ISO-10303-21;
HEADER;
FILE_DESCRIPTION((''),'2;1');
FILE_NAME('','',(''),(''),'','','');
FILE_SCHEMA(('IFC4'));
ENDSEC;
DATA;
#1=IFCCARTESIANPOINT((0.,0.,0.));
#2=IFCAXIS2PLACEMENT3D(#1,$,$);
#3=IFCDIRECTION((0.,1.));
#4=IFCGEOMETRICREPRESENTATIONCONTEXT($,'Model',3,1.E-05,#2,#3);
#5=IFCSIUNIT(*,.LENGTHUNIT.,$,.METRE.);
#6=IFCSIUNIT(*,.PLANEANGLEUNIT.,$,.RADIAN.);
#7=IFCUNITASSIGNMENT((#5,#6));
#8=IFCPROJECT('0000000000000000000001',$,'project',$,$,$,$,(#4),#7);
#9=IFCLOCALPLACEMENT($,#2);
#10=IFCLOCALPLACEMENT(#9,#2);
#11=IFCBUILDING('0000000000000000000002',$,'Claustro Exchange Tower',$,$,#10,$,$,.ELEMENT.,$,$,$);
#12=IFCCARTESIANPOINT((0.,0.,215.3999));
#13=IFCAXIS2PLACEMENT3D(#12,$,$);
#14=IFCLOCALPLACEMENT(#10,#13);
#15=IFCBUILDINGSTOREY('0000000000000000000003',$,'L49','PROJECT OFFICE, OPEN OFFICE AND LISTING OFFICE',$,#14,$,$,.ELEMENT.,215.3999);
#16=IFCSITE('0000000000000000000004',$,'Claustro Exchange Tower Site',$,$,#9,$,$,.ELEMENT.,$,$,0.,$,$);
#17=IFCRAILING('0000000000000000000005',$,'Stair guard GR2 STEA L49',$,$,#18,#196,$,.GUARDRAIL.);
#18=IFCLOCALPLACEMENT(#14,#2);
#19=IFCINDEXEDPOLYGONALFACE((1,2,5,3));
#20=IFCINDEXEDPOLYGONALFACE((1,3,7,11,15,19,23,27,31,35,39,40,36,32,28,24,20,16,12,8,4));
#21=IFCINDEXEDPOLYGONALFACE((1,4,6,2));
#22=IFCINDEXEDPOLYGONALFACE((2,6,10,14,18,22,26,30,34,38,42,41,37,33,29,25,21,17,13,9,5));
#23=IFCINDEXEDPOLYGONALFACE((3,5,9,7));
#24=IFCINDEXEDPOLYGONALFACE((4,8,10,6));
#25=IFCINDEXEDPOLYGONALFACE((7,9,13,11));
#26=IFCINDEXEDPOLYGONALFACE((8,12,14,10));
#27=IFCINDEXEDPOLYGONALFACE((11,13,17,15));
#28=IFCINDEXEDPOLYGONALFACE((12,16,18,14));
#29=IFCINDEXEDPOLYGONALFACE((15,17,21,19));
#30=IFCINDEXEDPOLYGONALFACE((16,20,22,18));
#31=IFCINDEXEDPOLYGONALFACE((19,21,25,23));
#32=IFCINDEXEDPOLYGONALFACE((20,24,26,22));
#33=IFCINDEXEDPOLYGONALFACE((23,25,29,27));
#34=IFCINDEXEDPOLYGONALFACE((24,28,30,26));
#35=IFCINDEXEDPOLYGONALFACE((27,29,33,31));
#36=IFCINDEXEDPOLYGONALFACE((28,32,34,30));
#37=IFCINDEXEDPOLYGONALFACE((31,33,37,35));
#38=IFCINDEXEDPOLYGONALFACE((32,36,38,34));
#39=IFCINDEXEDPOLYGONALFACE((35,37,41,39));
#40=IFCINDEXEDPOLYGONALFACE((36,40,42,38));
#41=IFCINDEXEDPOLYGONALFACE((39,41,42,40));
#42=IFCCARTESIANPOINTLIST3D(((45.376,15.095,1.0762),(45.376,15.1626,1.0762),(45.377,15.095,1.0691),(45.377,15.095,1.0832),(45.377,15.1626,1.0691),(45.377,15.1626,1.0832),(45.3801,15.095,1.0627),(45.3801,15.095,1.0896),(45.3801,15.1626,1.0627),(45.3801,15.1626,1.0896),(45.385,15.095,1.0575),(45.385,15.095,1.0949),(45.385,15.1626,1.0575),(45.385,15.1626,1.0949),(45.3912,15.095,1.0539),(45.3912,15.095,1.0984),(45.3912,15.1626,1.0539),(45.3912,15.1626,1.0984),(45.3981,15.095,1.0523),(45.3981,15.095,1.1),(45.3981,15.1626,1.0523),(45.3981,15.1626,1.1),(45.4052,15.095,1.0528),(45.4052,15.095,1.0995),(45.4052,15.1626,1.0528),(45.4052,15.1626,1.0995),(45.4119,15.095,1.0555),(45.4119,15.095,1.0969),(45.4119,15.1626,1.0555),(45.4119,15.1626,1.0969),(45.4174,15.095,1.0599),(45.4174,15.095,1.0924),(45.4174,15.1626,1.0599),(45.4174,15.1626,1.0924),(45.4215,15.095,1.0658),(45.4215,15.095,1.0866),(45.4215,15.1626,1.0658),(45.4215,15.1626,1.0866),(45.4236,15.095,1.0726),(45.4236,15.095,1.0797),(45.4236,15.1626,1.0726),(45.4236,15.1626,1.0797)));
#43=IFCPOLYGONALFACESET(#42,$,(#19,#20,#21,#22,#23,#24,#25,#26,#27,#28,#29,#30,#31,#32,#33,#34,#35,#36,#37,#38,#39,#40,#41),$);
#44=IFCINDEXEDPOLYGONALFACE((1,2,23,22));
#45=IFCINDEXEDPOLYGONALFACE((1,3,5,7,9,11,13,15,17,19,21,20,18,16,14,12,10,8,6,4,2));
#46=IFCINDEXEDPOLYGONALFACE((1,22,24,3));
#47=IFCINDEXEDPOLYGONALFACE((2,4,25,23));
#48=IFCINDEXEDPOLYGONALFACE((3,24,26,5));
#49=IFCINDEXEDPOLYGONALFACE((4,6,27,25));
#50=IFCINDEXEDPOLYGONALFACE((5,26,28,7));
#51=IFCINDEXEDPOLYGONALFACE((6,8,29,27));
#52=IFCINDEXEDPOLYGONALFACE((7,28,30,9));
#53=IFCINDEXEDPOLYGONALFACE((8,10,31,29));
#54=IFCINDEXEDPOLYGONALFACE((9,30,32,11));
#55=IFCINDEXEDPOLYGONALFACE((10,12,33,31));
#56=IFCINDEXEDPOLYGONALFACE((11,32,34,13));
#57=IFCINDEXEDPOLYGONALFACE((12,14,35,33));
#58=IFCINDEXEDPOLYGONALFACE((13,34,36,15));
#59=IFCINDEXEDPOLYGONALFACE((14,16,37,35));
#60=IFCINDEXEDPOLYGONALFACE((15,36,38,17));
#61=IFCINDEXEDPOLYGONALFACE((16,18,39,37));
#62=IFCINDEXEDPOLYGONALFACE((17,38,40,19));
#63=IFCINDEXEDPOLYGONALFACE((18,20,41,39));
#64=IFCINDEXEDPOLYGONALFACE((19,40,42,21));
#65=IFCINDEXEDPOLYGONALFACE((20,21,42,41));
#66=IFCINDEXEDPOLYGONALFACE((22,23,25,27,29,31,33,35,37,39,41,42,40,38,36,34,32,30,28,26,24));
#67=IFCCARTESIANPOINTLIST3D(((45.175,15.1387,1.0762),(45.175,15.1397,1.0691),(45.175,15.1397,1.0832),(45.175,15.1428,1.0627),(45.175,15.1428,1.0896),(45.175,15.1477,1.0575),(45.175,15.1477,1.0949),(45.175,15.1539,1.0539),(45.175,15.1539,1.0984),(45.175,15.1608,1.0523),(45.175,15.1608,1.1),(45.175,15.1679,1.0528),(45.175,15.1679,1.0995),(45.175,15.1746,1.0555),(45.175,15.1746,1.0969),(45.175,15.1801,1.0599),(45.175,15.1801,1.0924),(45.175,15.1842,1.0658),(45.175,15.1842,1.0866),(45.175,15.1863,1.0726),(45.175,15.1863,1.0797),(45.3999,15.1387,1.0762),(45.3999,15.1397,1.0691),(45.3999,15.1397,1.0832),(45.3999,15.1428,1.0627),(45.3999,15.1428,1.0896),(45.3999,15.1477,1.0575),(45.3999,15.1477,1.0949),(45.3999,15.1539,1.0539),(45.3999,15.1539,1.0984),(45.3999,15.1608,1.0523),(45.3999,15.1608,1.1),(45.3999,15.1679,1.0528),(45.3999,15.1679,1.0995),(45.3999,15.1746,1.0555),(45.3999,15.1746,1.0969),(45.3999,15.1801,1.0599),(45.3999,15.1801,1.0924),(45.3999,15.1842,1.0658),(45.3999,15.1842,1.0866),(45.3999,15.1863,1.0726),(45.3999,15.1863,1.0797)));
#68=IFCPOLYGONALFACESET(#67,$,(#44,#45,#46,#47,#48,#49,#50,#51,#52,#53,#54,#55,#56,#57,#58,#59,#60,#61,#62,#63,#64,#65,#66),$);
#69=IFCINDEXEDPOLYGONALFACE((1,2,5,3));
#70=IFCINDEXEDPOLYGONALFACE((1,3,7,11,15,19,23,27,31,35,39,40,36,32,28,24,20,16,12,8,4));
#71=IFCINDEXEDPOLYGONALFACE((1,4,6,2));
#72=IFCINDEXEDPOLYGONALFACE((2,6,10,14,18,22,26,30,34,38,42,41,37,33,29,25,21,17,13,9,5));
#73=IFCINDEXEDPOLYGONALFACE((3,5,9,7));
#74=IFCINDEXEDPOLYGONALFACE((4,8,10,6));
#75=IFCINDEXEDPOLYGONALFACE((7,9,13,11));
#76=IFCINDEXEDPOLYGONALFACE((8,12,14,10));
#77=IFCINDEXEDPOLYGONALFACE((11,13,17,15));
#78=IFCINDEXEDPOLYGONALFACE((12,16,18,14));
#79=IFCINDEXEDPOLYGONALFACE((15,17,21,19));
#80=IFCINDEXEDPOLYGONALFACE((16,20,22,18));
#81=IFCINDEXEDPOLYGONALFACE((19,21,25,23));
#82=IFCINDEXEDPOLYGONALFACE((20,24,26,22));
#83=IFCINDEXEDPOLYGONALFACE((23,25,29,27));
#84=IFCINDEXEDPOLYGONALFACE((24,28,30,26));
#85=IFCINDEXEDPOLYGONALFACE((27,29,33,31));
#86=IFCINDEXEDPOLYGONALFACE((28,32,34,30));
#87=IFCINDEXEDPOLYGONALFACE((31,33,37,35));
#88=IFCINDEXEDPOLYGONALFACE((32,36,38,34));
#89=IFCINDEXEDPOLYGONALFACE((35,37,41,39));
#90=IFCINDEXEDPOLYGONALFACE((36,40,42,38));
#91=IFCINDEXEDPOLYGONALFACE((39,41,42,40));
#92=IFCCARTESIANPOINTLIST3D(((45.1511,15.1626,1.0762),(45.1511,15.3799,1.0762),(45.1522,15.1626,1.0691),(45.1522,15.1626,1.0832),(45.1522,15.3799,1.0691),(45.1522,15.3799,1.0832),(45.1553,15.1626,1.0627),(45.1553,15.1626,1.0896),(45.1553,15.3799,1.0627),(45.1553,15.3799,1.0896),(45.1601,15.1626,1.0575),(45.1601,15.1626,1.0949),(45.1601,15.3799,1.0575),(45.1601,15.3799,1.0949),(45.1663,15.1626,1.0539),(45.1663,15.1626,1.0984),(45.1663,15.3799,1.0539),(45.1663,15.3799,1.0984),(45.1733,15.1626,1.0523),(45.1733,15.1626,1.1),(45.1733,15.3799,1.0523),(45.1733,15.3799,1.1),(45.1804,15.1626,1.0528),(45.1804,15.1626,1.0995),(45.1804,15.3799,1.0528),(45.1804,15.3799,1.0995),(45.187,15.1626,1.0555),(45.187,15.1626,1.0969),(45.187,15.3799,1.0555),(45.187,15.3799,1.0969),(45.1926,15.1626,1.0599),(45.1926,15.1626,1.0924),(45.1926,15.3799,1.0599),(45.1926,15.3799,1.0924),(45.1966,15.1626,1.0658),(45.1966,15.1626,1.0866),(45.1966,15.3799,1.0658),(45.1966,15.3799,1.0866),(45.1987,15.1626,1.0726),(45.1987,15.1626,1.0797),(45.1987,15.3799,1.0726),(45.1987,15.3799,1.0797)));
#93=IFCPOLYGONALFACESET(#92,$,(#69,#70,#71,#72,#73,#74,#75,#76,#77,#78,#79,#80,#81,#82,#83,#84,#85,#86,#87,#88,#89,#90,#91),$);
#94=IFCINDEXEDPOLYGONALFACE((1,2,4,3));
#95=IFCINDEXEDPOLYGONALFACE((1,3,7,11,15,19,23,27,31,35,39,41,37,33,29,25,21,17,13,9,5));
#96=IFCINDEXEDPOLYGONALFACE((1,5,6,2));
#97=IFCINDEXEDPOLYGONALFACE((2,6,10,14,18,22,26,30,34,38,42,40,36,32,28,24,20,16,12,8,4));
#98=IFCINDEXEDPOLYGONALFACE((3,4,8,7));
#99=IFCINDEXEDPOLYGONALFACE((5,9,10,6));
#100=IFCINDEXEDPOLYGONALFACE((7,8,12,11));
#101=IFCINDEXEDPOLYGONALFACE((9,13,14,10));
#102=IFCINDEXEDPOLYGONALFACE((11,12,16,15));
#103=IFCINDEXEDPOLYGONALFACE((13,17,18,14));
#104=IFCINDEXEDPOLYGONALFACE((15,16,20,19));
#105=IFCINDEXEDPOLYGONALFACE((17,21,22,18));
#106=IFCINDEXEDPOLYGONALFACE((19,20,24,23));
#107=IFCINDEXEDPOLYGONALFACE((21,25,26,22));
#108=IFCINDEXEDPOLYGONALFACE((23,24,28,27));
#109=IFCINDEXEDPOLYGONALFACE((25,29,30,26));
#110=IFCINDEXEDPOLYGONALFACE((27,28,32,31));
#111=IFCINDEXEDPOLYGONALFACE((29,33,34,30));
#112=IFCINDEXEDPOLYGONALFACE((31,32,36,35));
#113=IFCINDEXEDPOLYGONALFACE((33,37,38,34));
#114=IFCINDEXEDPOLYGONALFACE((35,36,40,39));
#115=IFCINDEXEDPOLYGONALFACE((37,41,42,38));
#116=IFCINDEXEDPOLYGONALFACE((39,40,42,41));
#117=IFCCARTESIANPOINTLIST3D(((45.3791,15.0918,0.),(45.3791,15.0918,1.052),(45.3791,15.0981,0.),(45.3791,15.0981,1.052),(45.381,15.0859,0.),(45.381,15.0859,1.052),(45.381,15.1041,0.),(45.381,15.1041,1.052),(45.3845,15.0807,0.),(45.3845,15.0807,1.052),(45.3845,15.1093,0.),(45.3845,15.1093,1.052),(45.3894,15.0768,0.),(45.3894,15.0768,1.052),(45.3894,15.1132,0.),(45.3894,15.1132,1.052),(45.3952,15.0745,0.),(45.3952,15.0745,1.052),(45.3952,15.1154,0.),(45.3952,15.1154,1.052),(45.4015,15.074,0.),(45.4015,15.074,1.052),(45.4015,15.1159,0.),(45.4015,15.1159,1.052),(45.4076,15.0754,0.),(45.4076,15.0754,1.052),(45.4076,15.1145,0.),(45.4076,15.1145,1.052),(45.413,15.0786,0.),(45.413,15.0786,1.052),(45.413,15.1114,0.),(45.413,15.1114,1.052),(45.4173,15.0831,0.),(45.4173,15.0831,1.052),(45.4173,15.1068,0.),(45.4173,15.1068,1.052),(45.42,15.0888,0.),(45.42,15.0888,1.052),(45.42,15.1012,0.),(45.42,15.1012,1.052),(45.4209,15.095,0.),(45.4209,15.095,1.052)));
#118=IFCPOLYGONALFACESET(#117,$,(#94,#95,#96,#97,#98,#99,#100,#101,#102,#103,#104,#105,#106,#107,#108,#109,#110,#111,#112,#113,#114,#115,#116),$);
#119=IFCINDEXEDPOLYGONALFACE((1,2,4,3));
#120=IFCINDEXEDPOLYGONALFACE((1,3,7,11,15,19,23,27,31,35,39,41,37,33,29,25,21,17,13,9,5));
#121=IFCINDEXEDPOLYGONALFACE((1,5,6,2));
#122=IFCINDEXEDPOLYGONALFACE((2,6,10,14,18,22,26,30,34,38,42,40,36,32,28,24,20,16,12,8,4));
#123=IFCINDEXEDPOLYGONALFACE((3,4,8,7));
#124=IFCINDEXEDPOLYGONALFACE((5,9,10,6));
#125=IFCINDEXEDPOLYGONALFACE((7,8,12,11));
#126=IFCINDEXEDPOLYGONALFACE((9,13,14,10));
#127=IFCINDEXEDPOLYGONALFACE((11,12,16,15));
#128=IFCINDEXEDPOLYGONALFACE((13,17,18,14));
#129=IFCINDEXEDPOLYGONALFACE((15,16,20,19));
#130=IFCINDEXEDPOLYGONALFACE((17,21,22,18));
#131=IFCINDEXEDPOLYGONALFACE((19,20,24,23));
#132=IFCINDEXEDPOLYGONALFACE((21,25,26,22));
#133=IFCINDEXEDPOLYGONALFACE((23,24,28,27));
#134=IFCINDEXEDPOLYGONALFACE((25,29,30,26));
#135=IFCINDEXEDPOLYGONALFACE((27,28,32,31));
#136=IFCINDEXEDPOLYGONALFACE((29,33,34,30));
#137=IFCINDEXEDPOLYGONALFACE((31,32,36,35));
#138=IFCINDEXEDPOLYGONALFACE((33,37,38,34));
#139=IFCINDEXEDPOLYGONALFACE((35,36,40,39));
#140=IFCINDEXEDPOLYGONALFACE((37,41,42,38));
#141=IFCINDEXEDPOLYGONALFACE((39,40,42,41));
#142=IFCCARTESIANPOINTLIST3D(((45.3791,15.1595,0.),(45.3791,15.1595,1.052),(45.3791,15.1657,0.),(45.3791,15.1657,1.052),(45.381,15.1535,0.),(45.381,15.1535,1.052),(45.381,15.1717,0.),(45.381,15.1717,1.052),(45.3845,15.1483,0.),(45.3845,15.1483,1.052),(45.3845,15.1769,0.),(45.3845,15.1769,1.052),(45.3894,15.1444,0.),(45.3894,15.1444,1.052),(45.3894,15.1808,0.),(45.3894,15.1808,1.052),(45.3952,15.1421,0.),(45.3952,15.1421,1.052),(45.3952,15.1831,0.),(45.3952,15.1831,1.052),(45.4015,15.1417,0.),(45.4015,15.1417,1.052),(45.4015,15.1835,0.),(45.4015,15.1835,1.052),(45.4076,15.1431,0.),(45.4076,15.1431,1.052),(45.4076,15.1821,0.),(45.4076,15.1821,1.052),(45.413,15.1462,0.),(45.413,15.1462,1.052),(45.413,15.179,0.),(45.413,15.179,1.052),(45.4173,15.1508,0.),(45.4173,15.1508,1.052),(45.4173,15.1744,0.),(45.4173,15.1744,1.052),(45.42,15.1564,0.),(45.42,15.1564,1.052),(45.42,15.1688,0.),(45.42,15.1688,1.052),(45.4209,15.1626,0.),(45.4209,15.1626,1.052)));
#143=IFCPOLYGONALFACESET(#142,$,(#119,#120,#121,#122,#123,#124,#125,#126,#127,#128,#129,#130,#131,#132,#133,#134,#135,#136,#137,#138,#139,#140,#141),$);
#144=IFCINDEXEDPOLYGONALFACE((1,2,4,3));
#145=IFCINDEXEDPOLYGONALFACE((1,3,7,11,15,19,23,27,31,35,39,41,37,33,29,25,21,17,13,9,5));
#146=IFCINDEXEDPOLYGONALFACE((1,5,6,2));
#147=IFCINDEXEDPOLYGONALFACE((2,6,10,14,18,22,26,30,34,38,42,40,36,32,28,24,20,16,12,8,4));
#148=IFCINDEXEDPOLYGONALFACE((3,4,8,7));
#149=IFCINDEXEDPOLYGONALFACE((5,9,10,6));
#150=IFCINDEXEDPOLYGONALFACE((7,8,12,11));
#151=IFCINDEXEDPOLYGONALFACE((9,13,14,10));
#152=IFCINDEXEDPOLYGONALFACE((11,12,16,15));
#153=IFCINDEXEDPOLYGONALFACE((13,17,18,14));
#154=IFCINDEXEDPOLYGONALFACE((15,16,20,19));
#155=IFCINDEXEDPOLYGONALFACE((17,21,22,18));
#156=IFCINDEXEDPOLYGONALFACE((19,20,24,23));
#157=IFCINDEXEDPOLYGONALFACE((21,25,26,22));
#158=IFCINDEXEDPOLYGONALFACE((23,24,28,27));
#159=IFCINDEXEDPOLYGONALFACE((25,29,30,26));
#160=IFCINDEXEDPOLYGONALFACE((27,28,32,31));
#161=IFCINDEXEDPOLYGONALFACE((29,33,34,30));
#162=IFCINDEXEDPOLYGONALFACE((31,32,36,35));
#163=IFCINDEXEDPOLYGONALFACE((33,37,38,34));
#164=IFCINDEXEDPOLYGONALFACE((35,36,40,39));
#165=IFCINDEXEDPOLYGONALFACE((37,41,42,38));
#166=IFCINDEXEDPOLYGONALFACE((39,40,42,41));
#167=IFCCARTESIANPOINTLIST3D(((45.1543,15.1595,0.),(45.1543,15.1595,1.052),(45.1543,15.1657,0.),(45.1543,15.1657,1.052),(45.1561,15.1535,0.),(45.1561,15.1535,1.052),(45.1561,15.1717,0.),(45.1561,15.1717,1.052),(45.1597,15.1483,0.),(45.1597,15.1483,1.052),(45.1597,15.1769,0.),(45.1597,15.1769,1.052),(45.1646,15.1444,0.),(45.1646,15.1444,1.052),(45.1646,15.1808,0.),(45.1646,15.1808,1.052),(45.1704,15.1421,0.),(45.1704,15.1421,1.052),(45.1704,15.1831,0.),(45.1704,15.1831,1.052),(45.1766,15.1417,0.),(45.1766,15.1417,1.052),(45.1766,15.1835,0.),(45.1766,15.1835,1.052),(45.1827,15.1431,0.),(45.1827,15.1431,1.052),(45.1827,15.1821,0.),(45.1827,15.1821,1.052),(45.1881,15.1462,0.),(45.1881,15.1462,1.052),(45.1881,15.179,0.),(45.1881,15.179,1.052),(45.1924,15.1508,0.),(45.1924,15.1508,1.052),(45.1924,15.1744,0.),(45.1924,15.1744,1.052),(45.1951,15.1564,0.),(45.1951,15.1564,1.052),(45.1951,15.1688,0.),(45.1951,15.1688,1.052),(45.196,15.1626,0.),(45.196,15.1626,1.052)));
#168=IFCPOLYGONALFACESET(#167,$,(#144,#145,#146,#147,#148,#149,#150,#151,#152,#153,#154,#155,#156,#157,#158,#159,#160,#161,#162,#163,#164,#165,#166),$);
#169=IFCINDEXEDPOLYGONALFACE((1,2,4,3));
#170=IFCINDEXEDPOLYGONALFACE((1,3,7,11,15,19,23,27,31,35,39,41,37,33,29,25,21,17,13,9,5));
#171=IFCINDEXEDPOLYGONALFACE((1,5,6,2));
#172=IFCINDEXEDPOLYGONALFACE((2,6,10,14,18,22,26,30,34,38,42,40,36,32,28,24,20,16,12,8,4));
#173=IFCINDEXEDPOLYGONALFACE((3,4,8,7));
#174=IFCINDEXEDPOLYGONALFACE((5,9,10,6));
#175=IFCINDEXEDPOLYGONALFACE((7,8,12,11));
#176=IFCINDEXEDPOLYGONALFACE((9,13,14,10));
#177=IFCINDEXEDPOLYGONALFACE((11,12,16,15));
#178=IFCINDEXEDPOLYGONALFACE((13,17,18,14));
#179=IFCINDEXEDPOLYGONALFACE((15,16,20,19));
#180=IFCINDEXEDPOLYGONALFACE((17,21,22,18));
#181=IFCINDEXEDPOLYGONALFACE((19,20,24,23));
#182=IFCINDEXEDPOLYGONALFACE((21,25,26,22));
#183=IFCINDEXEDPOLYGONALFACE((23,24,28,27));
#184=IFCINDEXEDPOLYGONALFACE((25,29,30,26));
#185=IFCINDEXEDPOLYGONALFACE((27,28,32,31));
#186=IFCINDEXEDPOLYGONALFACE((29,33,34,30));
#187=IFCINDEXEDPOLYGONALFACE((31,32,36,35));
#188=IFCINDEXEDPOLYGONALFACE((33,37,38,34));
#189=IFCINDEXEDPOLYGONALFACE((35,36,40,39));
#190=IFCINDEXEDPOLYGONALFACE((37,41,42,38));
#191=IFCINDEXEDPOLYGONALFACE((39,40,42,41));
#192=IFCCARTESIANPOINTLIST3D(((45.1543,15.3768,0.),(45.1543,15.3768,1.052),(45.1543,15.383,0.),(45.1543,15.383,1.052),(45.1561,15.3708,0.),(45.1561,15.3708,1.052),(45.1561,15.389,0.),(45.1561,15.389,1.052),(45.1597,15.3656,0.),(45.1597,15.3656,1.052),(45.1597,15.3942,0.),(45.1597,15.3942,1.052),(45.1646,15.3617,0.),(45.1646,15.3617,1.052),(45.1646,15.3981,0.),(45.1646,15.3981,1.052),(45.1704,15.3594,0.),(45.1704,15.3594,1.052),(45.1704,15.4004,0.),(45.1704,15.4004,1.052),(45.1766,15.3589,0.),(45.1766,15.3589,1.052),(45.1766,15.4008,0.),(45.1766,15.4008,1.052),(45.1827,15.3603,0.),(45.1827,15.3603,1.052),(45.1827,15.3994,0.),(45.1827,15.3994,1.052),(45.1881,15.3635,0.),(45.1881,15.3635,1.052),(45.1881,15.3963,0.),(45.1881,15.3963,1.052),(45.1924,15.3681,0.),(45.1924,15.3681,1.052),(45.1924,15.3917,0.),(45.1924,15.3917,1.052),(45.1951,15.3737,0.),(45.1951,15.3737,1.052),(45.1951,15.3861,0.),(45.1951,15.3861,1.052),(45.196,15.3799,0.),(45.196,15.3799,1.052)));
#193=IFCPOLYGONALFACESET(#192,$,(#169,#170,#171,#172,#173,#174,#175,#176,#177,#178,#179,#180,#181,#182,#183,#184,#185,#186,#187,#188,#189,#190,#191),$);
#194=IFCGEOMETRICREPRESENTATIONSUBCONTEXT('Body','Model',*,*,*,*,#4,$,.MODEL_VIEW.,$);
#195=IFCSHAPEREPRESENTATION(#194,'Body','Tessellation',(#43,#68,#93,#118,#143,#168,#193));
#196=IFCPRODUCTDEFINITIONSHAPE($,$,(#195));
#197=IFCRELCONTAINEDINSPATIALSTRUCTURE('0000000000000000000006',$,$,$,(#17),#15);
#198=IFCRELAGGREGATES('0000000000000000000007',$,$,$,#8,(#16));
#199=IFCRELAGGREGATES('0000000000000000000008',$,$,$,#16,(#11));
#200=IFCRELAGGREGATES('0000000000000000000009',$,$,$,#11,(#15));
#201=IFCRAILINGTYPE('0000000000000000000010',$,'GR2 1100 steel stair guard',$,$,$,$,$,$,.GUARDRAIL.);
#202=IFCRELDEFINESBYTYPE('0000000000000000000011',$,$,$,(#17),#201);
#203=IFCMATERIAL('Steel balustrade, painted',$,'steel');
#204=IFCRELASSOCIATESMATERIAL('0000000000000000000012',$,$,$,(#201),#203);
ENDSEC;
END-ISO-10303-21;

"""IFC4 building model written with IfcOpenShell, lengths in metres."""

from ifc_helpers import new_model, si_unit, direction, frame, origin, origin_2d, place, context, subcontext, project, spatial, circle, extrude, material, type_object, element, save


model = new_model("IFC4")

# Units and contexts
model_context = context("Model", 3, precision=1e-05, world=origin(), true_north=direction((0.0, 1.0)))
body_context = subcontext(model_context, "Body", "Model", "MODEL_VIEW")
ifc_project = project(units=[si_unit("LENGTHUNIT", "METRE"), si_unit("PLANEANGLEUNIT", "RADIAN")], contexts=[model_context])

# Site, building, storey
site_placement = place(None, origin())
site = spatial("IfcSite", under=ifc_project, at=site_placement, Name="Claustro Exchange Tower Site", CompositionType="ELEMENT", RefElevation=0.0)
building_placement = place(site_placement, origin())
building = spatial("IfcBuilding", under=site, at=building_placement, Name="Claustro Exchange Tower", CompositionType="ELEMENT")
storey_placement = place(building_placement, frame((0.0, 0.0, 215.3999)))
storey = spatial("IfcBuildingStorey", under=building, at=storey_placement, Name="L49", Description="PROJECT OFFICE, OPEN OFFICE AND LISTING OFFICE", CompositionType="ELEMENT", Elevation=215.3999)

# Railing
ifc_material_1 = material(Name="Steel balustrade, painted", Category="steel")
railing_type_1 = type_object("IfcRailingType", Name="GR2 1100 steel stair guard", PredefinedType="GUARDRAIL", material=ifc_material_1)
railing_1_placement = place(storey_placement, frame((45.3999, 15.095, 0.0)))
element("IfcRailing", 1, at=railing_1_placement, inside=storey, type_object=railing_type_1, Name="Stair guard GR2 STEA L49", PredefinedType="GUARDRAIL", context=body_context, shape_type="SweptSolid", body=[
    extrude(circle(Radius=0.0239, at=origin_2d()), frame((0.0, 0.0, 1.0762), z_axis=(0.0, 1.0, 0.0), x_axis=(-1.0, 0.0, 0.0)), (0.0, 0.0, 1.0), 0.0676),
    extrude(circle(Radius=0.0239, at=origin_2d()), frame((0.0, 0.0676, 1.0762), z_axis=(-1.0, 0.0, 0.0), x_axis=(0.0, -1.0, 0.0)), (0.0, 0.0, 1.0), 0.2249),
    extrude(circle(Radius=0.0239, at=origin_2d()), frame((-0.2249, 0.0676, 1.0762), z_axis=(0.0, 1.0, 0.0), x_axis=(-1.0, 0.0, 0.0)), (0.0, 0.0, 1.0), 0.2173),
    extrude(circle(Radius=0.021, at=origin_2d()), origin(), (0.0, 0.0, 1.0), 1.052),
    extrude(circle(Radius=0.021, at=origin_2d()), frame((0.0, 0.0676, 0.0)), (0.0, 0.0, 1.0), 1.052),
    extrude(circle(Radius=0.021, at=origin_2d()), frame((-0.2249, 0.0676, 0.0)), (0.0, 0.0, 1.0), 1.052),
    extrude(circle(Radius=0.021, at=origin_2d()), frame((-0.2249, 0.2849, 0.0)), (0.0, 0.0, 1.0), 1.052),
])

save(model, "model.ifc")
